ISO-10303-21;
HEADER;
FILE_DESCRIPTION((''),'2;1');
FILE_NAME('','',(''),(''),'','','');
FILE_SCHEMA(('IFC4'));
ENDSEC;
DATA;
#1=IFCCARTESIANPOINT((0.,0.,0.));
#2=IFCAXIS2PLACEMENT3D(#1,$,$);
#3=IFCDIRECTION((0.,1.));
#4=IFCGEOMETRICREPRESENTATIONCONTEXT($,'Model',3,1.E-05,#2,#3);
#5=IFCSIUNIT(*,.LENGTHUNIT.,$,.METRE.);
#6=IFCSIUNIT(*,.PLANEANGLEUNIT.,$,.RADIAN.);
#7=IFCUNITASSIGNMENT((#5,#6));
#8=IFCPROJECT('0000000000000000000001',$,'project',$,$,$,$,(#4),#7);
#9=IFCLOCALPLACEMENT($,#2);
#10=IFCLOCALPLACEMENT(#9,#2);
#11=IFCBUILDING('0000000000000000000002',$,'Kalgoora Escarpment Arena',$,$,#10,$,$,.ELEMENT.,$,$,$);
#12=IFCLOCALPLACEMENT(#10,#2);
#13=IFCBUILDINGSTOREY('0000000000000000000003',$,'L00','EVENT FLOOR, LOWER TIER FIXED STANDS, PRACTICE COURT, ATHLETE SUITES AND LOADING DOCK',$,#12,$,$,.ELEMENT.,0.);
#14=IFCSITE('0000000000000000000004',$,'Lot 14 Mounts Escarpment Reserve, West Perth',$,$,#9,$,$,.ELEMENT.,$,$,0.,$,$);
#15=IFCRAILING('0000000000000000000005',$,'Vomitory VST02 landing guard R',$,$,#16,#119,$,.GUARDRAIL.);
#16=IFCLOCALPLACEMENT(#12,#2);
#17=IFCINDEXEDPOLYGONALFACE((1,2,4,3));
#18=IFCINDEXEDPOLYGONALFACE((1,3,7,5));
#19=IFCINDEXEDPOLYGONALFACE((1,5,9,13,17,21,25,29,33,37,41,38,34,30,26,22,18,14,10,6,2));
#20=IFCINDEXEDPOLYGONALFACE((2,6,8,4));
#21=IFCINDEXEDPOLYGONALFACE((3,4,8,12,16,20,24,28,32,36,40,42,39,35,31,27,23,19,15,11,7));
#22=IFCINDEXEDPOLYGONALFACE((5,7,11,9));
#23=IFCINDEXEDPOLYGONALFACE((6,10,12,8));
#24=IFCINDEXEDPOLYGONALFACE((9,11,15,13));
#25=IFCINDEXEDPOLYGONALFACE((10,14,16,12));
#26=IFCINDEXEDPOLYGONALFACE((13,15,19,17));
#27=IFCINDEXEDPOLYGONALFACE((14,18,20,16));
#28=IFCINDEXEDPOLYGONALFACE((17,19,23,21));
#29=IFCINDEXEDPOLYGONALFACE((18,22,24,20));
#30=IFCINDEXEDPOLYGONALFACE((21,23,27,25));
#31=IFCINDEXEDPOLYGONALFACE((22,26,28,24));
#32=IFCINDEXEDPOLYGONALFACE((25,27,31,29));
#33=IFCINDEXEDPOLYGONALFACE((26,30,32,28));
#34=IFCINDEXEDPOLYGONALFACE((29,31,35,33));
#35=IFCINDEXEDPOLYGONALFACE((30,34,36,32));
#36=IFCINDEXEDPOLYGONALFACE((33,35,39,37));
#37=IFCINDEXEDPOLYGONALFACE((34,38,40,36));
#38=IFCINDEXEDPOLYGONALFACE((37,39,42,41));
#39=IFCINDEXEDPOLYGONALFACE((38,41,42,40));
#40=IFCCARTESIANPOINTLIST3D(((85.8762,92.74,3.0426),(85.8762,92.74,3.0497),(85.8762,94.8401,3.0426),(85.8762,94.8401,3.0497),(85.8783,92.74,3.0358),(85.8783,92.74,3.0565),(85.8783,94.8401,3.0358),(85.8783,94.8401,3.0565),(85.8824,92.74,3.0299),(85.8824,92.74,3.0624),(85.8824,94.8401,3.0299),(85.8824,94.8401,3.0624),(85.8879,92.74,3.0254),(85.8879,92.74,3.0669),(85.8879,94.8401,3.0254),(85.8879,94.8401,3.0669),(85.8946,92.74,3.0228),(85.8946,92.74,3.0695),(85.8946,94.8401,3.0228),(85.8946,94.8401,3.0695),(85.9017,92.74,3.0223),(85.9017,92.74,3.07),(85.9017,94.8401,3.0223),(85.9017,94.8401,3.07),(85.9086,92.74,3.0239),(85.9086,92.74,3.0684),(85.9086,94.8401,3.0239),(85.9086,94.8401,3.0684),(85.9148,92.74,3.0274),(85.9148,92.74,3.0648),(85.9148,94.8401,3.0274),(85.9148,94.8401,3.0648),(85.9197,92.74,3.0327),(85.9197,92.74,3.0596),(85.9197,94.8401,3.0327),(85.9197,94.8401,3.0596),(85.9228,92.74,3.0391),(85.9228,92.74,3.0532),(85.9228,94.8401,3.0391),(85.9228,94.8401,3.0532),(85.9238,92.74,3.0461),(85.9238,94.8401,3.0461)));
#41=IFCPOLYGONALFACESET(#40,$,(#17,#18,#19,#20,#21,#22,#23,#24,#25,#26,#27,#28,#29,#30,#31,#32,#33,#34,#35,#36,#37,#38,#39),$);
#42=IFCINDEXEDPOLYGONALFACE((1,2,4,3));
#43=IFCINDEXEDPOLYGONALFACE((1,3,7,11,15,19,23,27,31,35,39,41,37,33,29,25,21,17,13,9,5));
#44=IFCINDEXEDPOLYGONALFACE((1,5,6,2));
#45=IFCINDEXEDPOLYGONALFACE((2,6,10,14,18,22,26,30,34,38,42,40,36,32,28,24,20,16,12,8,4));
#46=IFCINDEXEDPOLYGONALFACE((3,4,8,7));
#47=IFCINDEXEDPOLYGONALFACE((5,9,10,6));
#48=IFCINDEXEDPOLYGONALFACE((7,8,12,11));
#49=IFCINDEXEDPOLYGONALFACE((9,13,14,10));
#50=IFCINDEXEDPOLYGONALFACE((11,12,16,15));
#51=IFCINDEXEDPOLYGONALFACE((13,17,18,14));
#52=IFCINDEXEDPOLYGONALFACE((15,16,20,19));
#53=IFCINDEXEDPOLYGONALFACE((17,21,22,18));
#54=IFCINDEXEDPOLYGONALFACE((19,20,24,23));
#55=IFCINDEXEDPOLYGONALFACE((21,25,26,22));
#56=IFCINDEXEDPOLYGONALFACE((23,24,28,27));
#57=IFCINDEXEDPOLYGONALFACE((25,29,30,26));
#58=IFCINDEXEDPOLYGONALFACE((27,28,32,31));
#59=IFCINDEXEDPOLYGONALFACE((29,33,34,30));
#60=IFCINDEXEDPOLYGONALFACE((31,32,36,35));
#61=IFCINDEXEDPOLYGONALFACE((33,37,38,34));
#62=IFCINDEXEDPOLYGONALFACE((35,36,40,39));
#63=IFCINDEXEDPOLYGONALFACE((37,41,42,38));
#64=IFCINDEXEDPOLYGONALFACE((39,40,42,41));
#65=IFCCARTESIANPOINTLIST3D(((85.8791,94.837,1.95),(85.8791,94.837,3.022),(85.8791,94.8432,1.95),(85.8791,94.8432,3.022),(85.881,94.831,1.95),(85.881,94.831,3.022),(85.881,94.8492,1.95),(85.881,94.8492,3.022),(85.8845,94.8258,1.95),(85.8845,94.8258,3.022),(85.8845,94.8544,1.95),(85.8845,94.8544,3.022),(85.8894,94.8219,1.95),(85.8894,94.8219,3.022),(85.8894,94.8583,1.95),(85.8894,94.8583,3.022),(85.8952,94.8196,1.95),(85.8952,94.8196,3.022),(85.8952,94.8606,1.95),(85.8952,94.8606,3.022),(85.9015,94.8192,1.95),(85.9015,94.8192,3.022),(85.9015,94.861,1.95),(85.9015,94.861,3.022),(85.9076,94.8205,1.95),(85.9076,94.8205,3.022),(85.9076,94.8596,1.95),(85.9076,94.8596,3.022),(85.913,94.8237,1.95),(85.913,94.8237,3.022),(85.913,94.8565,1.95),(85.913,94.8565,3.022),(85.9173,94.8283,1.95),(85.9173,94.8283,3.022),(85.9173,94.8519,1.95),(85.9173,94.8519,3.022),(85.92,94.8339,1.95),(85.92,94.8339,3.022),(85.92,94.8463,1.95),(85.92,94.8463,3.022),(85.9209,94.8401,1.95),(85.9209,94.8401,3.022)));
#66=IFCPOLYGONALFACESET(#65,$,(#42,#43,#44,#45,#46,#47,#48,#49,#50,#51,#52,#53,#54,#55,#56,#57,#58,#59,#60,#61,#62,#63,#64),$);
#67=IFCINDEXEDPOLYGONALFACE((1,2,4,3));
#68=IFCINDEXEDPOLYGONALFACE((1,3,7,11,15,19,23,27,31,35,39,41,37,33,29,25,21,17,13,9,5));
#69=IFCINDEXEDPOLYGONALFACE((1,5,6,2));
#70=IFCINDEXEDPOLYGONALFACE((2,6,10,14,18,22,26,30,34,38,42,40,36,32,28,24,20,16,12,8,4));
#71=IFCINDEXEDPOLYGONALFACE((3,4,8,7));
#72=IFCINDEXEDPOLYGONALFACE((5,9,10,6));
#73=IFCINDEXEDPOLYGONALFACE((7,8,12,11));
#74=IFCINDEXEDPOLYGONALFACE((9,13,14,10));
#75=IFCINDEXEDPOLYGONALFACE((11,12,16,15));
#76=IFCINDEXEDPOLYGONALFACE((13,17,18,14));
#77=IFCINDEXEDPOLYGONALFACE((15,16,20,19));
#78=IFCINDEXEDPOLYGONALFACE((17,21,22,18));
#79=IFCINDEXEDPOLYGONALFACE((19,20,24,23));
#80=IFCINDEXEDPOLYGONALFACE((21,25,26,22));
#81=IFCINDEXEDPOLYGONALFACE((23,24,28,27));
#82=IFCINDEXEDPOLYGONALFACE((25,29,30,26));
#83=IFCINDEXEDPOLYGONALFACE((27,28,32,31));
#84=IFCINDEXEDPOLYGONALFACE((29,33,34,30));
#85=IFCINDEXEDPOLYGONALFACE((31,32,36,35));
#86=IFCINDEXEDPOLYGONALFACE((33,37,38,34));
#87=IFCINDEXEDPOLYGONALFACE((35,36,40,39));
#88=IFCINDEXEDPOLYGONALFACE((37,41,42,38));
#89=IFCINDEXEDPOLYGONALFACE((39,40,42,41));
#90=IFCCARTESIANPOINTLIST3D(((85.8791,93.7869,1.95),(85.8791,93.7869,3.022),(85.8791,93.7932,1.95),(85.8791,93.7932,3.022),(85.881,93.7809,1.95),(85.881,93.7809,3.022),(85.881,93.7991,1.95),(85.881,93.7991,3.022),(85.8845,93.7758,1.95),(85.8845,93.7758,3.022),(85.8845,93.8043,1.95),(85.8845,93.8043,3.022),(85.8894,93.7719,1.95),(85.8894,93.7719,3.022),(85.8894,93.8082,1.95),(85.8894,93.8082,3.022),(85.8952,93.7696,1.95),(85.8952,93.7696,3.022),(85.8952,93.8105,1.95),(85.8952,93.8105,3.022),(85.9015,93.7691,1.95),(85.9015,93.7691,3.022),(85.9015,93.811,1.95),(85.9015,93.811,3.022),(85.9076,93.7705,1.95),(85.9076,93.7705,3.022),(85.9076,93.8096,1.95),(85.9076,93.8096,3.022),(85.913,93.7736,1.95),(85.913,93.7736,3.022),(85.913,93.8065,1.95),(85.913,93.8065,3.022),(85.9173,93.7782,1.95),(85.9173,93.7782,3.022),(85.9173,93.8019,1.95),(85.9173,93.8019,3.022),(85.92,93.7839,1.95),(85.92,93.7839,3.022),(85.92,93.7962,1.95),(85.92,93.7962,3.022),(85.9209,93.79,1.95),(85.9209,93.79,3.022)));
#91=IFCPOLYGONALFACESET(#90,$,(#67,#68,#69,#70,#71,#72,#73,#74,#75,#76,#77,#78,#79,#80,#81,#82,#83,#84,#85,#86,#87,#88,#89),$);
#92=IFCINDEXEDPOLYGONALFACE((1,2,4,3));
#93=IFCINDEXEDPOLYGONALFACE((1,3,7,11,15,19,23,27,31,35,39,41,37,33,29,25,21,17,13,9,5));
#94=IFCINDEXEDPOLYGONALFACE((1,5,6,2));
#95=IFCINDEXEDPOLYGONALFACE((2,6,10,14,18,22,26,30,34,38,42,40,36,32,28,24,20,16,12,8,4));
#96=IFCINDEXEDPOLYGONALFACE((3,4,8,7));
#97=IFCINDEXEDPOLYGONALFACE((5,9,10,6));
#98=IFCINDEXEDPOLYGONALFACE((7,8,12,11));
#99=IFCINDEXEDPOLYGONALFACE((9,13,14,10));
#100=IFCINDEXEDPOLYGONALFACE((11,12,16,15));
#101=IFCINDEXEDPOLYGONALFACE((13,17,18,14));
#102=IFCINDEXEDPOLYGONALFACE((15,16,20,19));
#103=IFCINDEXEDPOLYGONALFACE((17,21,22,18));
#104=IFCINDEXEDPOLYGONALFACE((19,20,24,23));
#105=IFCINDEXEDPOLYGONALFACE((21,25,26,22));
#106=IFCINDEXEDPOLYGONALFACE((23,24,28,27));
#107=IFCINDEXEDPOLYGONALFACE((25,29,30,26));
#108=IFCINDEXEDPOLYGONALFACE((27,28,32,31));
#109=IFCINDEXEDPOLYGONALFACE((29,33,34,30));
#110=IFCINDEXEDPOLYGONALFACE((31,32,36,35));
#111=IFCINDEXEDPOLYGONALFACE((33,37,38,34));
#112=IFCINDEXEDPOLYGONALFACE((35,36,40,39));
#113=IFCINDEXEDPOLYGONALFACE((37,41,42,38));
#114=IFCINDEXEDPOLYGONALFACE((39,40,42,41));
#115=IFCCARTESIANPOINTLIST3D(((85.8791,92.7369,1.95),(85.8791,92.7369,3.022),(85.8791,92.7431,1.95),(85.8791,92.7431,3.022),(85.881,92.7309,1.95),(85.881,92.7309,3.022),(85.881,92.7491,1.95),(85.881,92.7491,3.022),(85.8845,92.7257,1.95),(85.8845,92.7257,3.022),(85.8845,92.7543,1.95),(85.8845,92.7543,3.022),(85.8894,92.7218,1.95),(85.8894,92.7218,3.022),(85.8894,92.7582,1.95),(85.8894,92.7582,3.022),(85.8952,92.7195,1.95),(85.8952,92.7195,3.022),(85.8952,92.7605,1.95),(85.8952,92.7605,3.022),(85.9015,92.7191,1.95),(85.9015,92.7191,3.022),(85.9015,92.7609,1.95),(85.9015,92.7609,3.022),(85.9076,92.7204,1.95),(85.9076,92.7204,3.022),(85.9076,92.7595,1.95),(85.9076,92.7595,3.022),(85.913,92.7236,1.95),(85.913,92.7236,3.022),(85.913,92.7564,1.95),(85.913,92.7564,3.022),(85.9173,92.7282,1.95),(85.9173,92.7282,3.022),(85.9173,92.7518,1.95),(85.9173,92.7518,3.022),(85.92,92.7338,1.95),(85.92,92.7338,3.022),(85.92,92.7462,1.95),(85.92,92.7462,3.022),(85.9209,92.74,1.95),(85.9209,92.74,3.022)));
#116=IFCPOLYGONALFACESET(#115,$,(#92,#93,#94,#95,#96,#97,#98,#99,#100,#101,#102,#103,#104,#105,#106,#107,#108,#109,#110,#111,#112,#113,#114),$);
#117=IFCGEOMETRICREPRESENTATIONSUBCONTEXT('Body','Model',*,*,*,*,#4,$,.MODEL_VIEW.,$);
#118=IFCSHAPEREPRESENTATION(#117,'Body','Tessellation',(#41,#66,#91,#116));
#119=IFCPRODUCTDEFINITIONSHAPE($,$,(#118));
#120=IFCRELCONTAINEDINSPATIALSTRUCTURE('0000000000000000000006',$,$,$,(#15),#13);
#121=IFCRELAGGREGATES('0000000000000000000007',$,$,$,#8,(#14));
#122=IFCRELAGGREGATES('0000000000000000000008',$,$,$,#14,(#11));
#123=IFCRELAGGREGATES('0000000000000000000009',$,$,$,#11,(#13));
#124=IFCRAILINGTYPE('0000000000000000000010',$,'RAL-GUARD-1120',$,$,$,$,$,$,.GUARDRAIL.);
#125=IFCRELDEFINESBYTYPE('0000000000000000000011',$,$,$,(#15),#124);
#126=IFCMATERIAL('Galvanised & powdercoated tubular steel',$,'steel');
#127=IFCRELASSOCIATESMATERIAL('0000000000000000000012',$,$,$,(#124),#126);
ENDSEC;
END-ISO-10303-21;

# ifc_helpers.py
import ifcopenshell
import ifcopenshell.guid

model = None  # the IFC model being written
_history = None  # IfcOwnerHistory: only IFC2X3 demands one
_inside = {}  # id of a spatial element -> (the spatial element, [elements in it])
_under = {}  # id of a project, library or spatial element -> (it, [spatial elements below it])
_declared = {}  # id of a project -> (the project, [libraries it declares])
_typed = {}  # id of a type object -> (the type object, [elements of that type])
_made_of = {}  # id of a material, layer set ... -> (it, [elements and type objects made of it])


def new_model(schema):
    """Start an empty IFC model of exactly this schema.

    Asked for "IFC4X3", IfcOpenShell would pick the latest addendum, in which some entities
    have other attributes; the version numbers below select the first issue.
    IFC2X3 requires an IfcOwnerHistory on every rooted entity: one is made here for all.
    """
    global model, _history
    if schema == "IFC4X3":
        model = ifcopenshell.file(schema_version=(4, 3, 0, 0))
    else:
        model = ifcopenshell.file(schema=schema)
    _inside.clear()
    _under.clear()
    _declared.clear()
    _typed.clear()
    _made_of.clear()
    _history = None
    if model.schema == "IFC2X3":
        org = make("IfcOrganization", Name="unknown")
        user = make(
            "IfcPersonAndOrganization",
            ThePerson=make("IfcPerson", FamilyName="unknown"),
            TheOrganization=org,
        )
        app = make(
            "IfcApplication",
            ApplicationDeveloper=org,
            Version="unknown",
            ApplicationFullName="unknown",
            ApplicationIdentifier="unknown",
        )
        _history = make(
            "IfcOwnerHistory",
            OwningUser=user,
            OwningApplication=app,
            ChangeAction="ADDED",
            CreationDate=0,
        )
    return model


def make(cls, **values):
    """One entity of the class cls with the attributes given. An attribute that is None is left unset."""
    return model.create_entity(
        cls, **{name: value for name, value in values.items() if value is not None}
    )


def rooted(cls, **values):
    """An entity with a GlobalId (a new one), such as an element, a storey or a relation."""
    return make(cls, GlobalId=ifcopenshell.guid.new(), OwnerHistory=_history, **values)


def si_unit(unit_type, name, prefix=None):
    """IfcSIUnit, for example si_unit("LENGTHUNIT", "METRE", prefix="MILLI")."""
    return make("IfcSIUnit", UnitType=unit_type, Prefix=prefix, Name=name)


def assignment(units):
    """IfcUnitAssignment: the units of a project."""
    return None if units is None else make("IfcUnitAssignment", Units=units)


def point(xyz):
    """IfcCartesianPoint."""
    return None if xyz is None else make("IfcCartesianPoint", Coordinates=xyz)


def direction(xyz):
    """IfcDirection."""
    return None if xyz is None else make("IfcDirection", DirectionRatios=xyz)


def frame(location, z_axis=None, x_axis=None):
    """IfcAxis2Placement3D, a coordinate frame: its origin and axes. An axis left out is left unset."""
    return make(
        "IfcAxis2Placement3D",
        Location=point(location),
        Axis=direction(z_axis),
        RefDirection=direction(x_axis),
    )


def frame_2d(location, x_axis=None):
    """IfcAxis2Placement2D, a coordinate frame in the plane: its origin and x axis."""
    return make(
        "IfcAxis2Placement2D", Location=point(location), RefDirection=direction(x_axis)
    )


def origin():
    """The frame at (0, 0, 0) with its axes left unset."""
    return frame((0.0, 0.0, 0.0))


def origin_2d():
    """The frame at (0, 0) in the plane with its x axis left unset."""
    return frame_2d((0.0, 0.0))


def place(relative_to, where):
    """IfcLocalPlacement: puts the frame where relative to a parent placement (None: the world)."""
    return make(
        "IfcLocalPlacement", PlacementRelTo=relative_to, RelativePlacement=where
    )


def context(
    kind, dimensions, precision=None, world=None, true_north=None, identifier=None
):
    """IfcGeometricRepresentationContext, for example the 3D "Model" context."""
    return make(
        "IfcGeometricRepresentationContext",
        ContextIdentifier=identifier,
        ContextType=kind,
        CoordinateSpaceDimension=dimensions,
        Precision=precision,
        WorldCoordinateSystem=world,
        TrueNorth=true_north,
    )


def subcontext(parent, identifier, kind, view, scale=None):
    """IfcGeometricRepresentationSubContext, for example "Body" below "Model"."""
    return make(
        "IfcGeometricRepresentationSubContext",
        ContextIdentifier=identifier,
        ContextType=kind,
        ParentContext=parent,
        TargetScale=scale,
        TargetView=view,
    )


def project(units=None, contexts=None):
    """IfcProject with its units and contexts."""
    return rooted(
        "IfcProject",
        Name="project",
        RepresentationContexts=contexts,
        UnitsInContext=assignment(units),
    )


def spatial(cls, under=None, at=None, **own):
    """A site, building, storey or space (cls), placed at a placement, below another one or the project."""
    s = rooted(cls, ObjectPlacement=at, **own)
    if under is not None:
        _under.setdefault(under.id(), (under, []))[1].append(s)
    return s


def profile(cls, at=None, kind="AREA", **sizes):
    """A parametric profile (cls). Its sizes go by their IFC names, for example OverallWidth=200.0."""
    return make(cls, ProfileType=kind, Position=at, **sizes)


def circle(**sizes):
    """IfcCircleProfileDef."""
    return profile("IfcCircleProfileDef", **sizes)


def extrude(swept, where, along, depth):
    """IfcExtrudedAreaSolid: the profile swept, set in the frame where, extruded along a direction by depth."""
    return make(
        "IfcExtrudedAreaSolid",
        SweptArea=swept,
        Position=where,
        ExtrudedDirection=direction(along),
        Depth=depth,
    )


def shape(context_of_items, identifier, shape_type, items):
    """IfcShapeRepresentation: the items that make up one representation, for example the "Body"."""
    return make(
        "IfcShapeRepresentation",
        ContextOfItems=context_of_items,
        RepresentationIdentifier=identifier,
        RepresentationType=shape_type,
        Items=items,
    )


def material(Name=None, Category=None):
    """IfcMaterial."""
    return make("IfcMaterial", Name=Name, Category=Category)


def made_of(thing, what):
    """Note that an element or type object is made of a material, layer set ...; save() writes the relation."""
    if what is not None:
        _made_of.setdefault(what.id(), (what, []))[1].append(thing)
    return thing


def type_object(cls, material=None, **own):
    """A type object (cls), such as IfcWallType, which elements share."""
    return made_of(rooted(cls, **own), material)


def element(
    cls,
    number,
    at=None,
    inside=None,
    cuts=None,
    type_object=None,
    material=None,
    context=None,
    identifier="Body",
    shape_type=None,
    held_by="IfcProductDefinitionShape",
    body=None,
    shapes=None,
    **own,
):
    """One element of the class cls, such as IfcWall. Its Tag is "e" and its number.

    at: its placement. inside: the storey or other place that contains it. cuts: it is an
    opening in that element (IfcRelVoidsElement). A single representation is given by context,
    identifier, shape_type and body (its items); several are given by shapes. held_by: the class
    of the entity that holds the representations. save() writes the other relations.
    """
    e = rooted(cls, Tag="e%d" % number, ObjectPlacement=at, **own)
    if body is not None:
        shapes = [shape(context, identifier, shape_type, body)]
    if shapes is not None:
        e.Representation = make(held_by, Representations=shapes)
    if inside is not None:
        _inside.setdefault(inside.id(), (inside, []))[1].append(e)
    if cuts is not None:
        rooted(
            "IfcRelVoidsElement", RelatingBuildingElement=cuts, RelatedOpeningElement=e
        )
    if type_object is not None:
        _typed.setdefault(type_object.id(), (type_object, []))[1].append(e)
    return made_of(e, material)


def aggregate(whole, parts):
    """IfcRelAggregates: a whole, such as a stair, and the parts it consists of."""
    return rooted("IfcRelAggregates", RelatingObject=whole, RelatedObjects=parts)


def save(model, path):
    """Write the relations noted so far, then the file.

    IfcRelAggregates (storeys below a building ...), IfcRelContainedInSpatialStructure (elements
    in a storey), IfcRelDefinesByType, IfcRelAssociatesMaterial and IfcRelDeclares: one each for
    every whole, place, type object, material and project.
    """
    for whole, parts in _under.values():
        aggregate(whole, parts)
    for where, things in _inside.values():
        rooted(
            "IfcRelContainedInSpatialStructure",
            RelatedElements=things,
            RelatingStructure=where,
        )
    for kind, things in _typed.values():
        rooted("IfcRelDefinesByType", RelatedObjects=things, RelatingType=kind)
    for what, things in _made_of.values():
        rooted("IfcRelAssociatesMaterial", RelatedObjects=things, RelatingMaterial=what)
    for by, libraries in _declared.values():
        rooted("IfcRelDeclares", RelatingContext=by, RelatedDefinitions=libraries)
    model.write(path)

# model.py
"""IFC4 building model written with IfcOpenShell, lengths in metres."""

from ifc_helpers import new_model, si_unit, direction, frame, origin, origin_2d, place, context, subcontext, project, spatial, circle, extrude, material, type_object, element, save


model = new_model("IFC4")

# Units and contexts
model_context = context("Model", 3, precision=1e-05, world=origin(), true_north=direction((0.0, 1.0)))
body_context = subcontext(model_context, "Body", "Model", "MODEL_VIEW")
ifc_project = project(units=[si_unit("LENGTHUNIT", "METRE"), si_unit("PLANEANGLEUNIT", "RADIAN")], contexts=[model_context])

# Site, building, storey
site_placement = place(None, origin())
site = spatial("IfcSite", under=ifc_project, at=site_placement, Name="Lot 14 Mounts Escarpment Reserve, West Perth", CompositionType="ELEMENT", RefElevation=0.0)
building_placement = place(site_placement, origin())
building = spatial("IfcBuilding", under=site, at=building_placement, Name="Kalgoora Escarpment Arena", CompositionType="ELEMENT")
storey_placement = place(building_placement, origin())
storey = spatial("IfcBuildingStorey", under=building, at=storey_placement, Name="L00", Description="EVENT FLOOR, LOWER TIER FIXED STANDS, PRACTICE COURT, ATHLETE SUITES AND LOADING DOCK", CompositionType="ELEMENT", Elevation=0.0)

# Railing
ifc_material_1 = material(Name="Galvanised & powdercoated tubular steel", Category="steel")
railing_type_1 = type_object("IfcRailingType", Name="RAL-GUARD-1120", PredefinedType="GUARDRAIL", material=ifc_material_1)
for number, where, name in (
    (1, (85.8999, 94.8401, 1.95), "Vomitory VST02 landing guard R"),
):
    element("IfcRailing", number, at=place(storey_placement, frame(where)), inside=storey, type_object=railing_type_1, Name=name, PredefinedType="GUARDRAIL", context=body_context, shape_type="SweptSolid", body=[
        extrude(circle(Radius=0.0239, at=origin_2d()), frame((0.0, 0.0, 1.0962), z_axis=(0.0, -1.0, 0.0), x_axis=(1.0, 0.0, 0.0)), (0.0, 0.0, 1.0), 2.1001),
        extrude(circle(Radius=0.021, at=origin_2d()), origin(), (0.0, 0.0, 1.0), 1.072),
        extrude(circle(Radius=0.021, at=origin_2d()), frame((0.0, -1.05, 0.0)), (0.0, 0.0, 1.0), 1.072),
        extrude(circle(Radius=0.021, at=origin_2d()), frame((0.0, -2.1001, 0.0)), (0.0, 0.0, 1.0), 1.072),
    ])

save(model, "model.ifc")
